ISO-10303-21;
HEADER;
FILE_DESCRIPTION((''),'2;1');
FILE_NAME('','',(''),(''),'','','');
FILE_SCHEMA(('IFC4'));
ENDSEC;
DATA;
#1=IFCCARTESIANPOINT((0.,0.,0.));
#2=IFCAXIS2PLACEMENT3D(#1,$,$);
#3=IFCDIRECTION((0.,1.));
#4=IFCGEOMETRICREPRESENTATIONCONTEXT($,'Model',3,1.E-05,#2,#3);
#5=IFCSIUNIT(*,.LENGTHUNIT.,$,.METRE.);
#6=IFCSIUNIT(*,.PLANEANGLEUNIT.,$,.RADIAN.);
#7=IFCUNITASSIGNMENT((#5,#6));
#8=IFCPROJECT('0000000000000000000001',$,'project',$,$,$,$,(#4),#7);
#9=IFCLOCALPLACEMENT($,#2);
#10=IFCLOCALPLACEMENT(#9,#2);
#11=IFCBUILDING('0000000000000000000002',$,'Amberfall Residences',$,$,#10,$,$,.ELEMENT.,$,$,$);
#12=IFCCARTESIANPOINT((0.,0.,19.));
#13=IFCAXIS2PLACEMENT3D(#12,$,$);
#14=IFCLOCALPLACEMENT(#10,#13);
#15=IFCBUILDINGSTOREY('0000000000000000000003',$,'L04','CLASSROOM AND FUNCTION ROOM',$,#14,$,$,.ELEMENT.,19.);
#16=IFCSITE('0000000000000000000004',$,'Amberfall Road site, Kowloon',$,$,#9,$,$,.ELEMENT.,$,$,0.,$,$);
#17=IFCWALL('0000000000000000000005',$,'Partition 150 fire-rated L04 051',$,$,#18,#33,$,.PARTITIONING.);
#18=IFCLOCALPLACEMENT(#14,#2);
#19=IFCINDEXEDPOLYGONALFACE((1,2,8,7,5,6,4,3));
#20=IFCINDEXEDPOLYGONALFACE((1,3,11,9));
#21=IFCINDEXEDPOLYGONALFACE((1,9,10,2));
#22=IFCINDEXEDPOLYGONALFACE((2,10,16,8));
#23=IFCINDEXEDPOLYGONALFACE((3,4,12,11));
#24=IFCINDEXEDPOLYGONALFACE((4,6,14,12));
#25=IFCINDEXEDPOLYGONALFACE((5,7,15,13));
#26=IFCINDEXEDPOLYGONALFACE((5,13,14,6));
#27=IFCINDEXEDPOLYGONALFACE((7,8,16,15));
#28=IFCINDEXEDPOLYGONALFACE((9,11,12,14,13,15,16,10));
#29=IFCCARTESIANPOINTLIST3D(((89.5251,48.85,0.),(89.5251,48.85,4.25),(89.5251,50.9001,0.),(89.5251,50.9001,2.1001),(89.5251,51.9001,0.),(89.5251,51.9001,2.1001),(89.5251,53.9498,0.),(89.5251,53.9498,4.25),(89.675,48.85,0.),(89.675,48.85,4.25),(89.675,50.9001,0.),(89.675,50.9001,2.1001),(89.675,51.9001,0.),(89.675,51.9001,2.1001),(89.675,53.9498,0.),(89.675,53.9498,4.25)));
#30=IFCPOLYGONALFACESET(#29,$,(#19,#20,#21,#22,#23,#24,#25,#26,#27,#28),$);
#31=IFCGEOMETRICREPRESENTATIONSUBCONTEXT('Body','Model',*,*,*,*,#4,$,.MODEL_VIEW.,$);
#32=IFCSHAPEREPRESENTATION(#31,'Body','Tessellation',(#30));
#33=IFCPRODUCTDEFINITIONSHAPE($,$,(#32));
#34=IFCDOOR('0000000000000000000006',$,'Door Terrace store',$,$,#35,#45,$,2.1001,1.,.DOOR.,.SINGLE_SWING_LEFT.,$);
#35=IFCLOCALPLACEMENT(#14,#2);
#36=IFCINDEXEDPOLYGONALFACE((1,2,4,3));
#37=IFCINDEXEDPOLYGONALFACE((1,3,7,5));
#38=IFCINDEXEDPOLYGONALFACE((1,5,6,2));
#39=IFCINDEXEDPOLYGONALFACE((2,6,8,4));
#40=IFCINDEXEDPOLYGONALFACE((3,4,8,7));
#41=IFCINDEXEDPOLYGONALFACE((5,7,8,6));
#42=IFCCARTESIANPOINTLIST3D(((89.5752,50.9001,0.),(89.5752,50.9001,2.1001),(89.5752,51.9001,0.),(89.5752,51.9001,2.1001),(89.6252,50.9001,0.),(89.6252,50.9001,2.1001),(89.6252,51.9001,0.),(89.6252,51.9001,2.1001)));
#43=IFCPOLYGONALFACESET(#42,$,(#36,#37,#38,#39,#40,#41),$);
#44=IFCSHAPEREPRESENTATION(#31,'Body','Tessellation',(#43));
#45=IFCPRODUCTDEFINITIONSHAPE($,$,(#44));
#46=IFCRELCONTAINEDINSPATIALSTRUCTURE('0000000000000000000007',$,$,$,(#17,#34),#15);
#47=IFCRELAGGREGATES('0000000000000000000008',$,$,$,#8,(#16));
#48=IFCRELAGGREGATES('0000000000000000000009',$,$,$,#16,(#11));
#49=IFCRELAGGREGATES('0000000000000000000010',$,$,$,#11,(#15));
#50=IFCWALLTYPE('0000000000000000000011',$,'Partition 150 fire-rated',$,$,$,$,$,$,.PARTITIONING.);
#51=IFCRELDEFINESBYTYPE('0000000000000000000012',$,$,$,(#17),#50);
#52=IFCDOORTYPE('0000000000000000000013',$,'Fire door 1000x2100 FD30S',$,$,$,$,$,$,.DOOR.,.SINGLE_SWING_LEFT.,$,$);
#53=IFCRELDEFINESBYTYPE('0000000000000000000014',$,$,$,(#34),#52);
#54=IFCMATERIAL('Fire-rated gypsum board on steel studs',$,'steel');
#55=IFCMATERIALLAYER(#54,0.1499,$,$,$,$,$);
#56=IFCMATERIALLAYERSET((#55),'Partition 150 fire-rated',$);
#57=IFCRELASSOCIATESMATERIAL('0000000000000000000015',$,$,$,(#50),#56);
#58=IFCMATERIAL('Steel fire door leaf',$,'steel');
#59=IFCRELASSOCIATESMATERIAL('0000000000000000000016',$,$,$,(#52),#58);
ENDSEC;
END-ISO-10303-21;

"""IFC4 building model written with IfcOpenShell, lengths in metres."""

from ifc_helpers import new_model, si_unit, direction, frame, frame_2d, origin, place, context, subcontext, project, spatial, rectangle, extrude, material, layer, layer_set, type_object, element, fill, save


model = new_model("IFC4")

# Units and contexts
model_context = context("Model", 3, precision=1e-05, world=origin(), true_north=direction((0.0, 1.0)))
body_context = subcontext(model_context, "Body", "Model", "MODEL_VIEW")
ifc_project = project(units=[si_unit("LENGTHUNIT", "METRE"), si_unit("PLANEANGLEUNIT", "RADIAN")], contexts=[model_context])

# Site, building, storey
site_placement = place(None, origin())
site = spatial("IfcSite", under=ifc_project, at=site_placement, Name="Amberfall Road site, Kowloon", CompositionType="ELEMENT", RefElevation=0.0)
building_placement = place(site_placement, origin())
building = spatial("IfcBuilding", under=site, at=building_placement, Name="Amberfall Residences", CompositionType="ELEMENT")
storey_placement = place(building_placement, frame((0.0, 0.0, 19.0)))
storey = spatial("IfcBuildingStorey", under=building, at=storey_placement, Name="L04", Description="CLASSROOM AND FUNCTION ROOM", CompositionType="ELEMENT", Elevation=19.0)

# Shared definitions
ifc_material_1 = material(Name="Fire-rated gypsum board on steel studs", Category="steel")
ifc_layer_1 = layer(ifc_material_1, 0.1499)
ifc_layer_set_1 = layer_set([ifc_layer_1], Name="Partition 150 fire-rated")
wall_type_1 = type_object("IfcWallType", Name="Partition 150 fire-rated", PredefinedType="PARTITIONING", material=ifc_layer_set_1)

# Wall, opening, door
wall_1_placement = place(storey_placement, frame((89.6001, 48.8501, 0.0), z_axis=(0.0, 0.0, 1.0), x_axis=(0.0, 1.0, 0.0)))
wall_1 = element("IfcWall", 1, at=wall_1_placement, inside=storey, type_object=wall_type_1, Name="Partition 150 fire-rated L04 051", PredefinedType="PARTITIONING", context=body_context, shape_type="SweptSolid", body=[
    extrude(rectangle(XDim=5.0999, YDim=0.1499, at=frame_2d((2.5498, 0.0))), origin(), (0.0, 0.0, 1.0), 4.25),
])
opening_placement = place(wall_1_placement, frame((2.05, 0.0, 0.0)))
opening = element("IfcOpeningElement", 2, at=opening_placement, cuts=wall_1, PredefinedType="OPENING", context=body_context, shape_type="SweptSolid", body=[
    extrude(rectangle(XDim=1.0, YDim=2.1001, at=frame_2d((0.5, 1.05))), frame((0.0, 0.085, 0.0), z_axis=(0.0, -1.0, 0.0), x_axis=(1.0, 0.0, 0.0)), (0.0, 0.0, 1.0), 0.1699),
])
ifc_material_2 = material(Name="Steel fire door leaf", Category="steel")
door_type = type_object("IfcDoorType", Name="Fire door 1000x2100 FD30S", OperationType="SINGLE_SWING_LEFT", PredefinedType="DOOR", material=ifc_material_2)
door_placement = place(opening_placement, origin())
door = element("IfcDoor", 3, at=door_placement, inside=storey, type_object=door_type, Name="Door Terrace store", OperationType="SINGLE_SWING_LEFT", OverallHeight=2.1001, OverallWidth=1.0, PredefinedType="DOOR", context=body_context, shape_type="SweptSolid", body=[
    extrude(rectangle(XDim=1.0, YDim=2.1001, at=frame_2d((0.5, 1.05))), frame((0.0, 0.0249, 0.0), z_axis=(0.0, -1.0, 0.0), x_axis=(1.0, 0.0, 0.0)), (0.0, 0.0, 1.0), 0.05),
])
fill(opening, door)

save(model, "model.ifc")
